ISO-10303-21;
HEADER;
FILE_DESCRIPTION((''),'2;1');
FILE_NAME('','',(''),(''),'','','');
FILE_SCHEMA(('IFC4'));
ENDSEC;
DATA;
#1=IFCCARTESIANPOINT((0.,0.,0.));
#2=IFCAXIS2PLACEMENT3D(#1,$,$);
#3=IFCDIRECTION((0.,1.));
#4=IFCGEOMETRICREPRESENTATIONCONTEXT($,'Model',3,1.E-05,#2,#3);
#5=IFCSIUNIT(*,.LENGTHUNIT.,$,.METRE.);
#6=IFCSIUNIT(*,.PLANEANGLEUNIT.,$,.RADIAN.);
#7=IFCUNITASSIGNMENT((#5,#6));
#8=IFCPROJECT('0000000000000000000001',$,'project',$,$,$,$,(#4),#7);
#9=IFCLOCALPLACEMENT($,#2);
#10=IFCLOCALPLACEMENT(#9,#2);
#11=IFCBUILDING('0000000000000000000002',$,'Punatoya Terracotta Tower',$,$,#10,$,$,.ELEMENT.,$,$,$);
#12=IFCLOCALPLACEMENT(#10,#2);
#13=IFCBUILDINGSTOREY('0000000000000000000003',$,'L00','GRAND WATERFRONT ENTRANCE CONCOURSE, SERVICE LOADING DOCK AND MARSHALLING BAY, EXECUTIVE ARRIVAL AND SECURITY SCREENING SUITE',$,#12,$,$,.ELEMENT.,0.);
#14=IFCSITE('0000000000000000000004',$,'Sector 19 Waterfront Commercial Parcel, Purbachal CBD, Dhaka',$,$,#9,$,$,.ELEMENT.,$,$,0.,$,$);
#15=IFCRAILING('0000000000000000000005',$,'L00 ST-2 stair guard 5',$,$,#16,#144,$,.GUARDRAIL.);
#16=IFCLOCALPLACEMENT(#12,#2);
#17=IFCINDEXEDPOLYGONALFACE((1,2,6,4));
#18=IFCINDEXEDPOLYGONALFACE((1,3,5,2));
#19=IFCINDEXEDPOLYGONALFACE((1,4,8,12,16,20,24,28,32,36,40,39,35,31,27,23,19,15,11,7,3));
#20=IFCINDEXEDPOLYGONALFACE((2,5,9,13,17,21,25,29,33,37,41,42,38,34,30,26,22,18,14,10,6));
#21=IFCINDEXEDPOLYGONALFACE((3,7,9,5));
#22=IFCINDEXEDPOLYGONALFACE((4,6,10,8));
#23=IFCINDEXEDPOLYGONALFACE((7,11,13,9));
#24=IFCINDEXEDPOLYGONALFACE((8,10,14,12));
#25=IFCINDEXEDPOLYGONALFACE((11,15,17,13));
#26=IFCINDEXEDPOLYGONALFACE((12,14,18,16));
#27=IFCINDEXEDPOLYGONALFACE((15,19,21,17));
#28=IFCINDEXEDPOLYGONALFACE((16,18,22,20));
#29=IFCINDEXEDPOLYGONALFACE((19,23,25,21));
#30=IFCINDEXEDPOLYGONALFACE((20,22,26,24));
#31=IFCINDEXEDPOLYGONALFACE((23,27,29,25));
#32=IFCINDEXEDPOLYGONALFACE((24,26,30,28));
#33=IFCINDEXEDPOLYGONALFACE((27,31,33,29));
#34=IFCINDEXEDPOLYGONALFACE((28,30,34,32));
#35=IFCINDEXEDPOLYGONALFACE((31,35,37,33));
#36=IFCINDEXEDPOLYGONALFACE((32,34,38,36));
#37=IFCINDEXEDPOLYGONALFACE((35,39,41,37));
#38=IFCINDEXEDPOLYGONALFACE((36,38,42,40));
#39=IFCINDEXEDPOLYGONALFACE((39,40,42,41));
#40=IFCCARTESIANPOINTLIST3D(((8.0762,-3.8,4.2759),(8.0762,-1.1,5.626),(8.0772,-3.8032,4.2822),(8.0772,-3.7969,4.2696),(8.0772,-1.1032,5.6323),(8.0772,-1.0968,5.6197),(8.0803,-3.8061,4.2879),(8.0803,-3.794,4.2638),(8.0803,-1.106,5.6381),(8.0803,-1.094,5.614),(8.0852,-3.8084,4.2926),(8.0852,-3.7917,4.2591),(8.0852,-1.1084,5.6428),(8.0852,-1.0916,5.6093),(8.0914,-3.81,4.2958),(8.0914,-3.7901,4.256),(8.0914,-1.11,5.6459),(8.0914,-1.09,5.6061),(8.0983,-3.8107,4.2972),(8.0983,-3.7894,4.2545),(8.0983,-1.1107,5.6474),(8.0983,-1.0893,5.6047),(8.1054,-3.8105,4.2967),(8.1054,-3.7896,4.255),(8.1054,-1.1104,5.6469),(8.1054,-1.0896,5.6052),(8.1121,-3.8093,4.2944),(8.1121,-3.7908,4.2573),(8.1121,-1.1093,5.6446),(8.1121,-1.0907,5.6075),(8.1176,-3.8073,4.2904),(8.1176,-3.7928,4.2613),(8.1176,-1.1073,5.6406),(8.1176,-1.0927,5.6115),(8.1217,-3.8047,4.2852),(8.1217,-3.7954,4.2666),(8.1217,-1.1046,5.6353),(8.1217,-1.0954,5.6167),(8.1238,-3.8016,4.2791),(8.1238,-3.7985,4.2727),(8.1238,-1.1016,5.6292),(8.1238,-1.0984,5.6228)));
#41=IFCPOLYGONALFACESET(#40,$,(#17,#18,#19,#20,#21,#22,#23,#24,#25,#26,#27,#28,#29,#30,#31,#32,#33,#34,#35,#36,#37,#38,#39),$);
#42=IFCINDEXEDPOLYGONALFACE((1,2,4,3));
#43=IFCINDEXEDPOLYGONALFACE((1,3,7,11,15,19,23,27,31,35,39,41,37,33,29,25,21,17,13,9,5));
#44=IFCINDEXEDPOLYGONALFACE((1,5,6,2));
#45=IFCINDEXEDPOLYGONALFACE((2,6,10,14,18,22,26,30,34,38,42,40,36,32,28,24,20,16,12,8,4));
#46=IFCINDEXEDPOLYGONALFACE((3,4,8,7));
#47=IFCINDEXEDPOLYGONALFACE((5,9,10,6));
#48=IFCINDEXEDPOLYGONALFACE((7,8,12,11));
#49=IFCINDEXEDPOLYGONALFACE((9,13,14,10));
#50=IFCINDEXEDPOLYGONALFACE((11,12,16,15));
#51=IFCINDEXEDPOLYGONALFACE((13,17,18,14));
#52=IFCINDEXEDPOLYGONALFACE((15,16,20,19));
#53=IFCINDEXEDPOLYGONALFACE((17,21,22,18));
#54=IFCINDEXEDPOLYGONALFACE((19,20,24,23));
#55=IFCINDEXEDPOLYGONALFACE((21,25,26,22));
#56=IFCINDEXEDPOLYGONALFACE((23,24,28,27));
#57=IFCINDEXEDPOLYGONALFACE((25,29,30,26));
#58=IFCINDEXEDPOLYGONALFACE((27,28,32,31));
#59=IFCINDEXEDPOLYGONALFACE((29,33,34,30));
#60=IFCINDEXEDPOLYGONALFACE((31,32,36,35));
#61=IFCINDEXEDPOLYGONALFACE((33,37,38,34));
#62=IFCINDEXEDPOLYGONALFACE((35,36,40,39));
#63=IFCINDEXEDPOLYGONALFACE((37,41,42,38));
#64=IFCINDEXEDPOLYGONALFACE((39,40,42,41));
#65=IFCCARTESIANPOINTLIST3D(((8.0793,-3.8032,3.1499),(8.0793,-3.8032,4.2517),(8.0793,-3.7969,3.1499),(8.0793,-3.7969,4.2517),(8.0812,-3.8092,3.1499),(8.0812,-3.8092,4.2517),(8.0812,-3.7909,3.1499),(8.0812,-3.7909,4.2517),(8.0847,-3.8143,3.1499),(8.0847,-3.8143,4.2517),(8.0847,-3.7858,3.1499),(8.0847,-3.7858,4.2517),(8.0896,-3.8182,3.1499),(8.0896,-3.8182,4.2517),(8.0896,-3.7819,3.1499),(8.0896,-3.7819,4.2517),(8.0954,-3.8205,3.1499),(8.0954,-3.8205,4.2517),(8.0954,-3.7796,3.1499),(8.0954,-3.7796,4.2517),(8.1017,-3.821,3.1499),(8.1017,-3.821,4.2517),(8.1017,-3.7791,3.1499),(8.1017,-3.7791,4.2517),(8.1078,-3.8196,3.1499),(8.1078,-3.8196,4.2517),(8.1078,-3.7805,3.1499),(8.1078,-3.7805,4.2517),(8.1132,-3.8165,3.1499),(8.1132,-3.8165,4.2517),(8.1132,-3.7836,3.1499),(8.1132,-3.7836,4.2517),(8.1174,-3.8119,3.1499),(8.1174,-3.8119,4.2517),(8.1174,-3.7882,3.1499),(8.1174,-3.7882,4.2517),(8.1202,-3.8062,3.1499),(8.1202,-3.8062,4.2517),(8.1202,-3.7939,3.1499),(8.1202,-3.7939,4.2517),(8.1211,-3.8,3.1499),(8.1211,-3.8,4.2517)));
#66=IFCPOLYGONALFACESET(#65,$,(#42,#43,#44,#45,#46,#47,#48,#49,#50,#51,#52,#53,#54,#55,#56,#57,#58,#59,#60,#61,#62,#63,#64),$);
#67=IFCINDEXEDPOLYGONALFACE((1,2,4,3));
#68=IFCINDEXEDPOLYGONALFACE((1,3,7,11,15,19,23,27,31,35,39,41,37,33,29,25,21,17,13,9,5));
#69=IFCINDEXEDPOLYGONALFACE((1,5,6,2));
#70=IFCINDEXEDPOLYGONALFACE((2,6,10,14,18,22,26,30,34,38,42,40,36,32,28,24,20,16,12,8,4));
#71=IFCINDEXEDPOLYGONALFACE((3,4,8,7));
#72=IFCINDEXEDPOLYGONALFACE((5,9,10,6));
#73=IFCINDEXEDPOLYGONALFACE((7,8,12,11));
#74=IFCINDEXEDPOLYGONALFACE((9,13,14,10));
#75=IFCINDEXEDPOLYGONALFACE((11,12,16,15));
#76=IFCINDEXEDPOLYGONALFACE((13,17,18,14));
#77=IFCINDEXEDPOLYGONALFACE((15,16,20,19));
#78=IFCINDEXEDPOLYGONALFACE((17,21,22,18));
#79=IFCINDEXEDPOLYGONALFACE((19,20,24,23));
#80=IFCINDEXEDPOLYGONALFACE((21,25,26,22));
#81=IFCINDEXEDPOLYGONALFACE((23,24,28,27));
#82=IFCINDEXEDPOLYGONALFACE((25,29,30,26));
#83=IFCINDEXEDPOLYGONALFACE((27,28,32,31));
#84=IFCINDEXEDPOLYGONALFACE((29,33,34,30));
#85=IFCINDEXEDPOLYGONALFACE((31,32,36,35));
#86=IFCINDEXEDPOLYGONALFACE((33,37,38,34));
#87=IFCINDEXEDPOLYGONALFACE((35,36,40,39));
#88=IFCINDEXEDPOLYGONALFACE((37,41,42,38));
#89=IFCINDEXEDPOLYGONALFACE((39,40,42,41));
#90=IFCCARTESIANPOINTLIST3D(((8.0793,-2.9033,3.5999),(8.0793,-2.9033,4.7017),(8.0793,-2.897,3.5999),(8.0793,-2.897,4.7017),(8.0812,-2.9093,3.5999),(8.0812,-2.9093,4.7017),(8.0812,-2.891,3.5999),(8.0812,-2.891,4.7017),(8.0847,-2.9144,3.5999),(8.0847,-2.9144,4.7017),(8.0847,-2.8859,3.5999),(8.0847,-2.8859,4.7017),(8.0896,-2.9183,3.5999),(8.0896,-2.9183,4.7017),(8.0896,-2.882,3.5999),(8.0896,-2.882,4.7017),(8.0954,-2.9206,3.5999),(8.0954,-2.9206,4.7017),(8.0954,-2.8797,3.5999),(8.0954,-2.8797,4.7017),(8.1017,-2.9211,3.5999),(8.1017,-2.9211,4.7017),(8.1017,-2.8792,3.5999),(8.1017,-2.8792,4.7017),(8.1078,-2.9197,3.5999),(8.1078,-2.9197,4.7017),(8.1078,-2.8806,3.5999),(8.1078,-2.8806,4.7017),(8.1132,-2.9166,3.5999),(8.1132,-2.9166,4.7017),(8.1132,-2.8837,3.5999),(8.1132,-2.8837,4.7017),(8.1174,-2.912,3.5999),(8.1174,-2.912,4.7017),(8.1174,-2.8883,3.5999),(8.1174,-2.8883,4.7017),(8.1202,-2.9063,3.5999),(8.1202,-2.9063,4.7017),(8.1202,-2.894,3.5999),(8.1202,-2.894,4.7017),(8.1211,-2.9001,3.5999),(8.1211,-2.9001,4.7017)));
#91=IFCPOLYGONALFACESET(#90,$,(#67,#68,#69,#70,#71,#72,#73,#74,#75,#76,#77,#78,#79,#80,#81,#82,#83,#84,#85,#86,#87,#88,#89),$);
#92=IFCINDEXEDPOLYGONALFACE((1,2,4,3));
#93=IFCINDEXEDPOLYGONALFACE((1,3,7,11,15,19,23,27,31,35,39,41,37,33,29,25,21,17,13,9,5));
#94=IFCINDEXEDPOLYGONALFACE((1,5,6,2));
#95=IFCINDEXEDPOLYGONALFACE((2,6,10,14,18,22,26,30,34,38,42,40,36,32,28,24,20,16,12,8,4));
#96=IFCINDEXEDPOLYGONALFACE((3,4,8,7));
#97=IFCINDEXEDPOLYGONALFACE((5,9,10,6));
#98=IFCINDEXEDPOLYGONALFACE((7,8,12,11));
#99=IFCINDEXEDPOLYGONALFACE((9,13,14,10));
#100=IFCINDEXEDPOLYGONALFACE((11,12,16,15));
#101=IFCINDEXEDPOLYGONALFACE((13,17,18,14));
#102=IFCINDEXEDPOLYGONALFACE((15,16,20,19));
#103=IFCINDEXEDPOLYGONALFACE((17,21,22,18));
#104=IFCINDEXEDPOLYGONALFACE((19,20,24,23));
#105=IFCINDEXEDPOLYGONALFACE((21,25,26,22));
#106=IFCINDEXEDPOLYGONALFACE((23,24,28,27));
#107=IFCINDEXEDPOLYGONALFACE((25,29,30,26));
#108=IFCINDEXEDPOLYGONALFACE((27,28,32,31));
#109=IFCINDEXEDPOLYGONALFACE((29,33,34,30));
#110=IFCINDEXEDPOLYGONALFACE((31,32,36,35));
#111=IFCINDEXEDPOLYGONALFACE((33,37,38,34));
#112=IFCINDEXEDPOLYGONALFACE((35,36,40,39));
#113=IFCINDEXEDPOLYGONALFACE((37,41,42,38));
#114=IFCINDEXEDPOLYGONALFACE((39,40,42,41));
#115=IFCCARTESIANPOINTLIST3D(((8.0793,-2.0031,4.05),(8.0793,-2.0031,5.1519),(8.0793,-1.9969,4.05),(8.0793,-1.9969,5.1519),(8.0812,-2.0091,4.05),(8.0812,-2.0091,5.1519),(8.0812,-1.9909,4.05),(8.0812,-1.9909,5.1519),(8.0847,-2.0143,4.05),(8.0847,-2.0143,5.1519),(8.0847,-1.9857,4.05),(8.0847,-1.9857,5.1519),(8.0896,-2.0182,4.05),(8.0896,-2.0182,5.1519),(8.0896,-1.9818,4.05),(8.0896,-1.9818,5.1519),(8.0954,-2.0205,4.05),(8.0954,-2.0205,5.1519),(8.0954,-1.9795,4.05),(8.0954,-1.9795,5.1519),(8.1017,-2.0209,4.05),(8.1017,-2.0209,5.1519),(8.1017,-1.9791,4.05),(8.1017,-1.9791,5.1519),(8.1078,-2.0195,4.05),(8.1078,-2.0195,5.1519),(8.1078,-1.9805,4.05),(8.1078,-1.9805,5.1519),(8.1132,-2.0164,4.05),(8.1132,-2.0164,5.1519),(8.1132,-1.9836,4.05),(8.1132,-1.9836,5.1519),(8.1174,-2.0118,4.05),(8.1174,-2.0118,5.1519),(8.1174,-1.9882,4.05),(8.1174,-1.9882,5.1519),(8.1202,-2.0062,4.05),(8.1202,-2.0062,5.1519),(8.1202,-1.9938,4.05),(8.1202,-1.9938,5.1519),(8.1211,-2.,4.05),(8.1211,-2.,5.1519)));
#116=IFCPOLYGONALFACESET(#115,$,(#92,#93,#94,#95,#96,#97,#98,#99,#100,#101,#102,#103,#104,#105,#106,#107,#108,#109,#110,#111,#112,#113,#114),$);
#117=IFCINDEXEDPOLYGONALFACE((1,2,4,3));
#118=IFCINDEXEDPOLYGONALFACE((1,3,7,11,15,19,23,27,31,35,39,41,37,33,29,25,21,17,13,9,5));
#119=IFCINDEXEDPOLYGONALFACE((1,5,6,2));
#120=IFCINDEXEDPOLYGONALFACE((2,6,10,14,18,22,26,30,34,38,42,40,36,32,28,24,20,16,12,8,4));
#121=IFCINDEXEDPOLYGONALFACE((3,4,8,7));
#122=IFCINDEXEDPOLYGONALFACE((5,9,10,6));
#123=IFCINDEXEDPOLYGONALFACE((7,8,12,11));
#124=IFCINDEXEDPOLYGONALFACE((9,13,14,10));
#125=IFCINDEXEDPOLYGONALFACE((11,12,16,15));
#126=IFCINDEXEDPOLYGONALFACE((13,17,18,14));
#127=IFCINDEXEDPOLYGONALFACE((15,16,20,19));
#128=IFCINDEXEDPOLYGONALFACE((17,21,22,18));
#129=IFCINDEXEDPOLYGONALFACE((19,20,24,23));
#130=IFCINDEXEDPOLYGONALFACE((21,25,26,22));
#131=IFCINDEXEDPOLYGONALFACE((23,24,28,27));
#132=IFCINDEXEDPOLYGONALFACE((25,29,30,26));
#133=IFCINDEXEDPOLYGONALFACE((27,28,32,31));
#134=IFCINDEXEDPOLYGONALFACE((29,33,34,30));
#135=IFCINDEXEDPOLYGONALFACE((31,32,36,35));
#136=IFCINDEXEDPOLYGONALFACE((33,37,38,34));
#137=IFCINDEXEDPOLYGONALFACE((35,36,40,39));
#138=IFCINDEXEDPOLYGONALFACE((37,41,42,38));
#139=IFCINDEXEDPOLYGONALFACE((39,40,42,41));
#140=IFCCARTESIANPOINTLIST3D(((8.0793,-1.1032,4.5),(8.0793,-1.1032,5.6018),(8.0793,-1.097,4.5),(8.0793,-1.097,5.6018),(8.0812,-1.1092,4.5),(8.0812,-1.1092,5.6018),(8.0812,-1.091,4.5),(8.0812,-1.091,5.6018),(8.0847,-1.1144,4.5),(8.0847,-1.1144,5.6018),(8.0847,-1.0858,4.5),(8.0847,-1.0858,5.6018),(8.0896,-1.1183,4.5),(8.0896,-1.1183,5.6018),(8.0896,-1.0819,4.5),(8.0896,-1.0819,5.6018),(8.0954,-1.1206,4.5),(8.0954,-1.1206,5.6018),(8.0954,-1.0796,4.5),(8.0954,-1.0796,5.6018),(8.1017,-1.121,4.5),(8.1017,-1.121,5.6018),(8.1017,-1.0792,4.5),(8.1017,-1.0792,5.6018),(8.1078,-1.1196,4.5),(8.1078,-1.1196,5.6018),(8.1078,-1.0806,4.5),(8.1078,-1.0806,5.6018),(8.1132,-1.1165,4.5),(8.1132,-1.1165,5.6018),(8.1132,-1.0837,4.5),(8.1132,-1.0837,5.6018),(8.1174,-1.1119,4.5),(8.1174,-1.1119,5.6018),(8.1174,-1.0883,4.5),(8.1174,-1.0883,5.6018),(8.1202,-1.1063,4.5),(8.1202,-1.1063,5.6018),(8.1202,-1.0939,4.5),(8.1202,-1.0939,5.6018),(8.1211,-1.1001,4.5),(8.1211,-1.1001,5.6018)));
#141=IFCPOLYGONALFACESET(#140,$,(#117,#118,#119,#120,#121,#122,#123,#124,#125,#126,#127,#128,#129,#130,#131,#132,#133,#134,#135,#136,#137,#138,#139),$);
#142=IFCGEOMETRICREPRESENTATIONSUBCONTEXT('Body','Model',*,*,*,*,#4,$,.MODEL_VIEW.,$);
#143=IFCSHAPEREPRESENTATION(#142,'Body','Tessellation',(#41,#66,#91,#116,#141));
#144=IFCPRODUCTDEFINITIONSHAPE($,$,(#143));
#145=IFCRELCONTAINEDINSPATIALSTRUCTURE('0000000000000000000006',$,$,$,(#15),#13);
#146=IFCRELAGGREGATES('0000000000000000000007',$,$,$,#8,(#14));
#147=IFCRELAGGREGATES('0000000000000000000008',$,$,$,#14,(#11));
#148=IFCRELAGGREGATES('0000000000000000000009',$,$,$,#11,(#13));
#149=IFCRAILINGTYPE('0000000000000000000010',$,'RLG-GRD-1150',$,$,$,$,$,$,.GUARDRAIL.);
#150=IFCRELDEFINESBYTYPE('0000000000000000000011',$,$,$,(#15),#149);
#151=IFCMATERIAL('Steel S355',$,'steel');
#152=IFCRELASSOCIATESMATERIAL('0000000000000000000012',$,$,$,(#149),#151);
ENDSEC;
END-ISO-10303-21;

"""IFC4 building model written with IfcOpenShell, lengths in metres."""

from ifc_helpers import new_model, si_unit, direction, frame, origin, origin_2d, place, context, subcontext, project, spatial, circle, extrude, material, type_object, element, save


model = new_model("IFC4")

# Units and contexts
model_context = context("Model", 3, precision=1e-05, world=origin(), true_north=direction((0.0, 1.0)))
body_context = subcontext(model_context, "Body", "Model", "MODEL_VIEW")
ifc_project = project(units=[si_unit("LENGTHUNIT", "METRE"), si_unit("PLANEANGLEUNIT", "RADIAN")], contexts=[model_context])

# Site, building, storey
site_placement = place(None, origin())
site = spatial("IfcSite", under=ifc_project, at=site_placement, Name="Sector 19 Waterfront Commercial Parcel, Purbachal CBD, Dhaka", CompositionType="ELEMENT", RefElevation=0.0)
building_placement = place(site_placement, origin())
building = spatial("IfcBuilding", under=site, at=building_placement, Name="Punatoya Terracotta Tower", CompositionType="ELEMENT")
storey_placement = place(building_placement, origin())
storey = spatial("IfcBuildingStorey", under=building, at=storey_placement, Name="L00", Description="GRAND WATERFRONT ENTRANCE CONCOURSE, SERVICE LOADING DOCK AND MARSHALLING BAY, EXECUTIVE ARRIVAL AND SECURITY SCREENING SUITE", CompositionType="ELEMENT", Elevation=0.0)

# Shared definitions
ifc_material_1 = material(Name="Steel S355", Category="steel")

# Railing
railing_type_1 = type_object("IfcRailingType", Name="RLG-GRD-1150", PredefinedType="GUARDRAIL", material=ifc_material_1)
railing_1_placement = place(storey_placement, frame((8.1001, -3.8, 3.1499)))
element("IfcRailing", 1, at=railing_1_placement, inside=storey, type_object=railing_type_1, Name="L00 ST-2 stair guard 5", PredefinedType="GUARDRAIL", context=body_context, shape_type="SweptSolid", body=[
    extrude(circle(Radius=0.0239, at=origin_2d()), frame((0.0, 0.0, 1.126), z_axis=(0.0, 0.894411, 0.447246), x_axis=(-1.0, 0.0, 0.0)), (0.0, 0.0, 1.0), 3.0188),
    extrude(circle(Radius=0.021, at=origin_2d()), origin(), (0.0, 0.0, 1.0), 1.1018),
    extrude(circle(Radius=0.021, at=origin_2d()), frame((0.0, 0.8999, 0.45)), (0.0, 0.0, 1.0), 1.1018),
    extrude(circle(Radius=0.021, at=origin_2d()), frame((0.0, 1.8, 0.9001)), (0.0, 0.0, 1.0), 1.1018),
    extrude(circle(Radius=0.021, at=origin_2d()), frame((0.0, 2.7, 1.3501)), (0.0, 0.0, 1.0), 1.1018),
])

save(model, "model.ifc")
